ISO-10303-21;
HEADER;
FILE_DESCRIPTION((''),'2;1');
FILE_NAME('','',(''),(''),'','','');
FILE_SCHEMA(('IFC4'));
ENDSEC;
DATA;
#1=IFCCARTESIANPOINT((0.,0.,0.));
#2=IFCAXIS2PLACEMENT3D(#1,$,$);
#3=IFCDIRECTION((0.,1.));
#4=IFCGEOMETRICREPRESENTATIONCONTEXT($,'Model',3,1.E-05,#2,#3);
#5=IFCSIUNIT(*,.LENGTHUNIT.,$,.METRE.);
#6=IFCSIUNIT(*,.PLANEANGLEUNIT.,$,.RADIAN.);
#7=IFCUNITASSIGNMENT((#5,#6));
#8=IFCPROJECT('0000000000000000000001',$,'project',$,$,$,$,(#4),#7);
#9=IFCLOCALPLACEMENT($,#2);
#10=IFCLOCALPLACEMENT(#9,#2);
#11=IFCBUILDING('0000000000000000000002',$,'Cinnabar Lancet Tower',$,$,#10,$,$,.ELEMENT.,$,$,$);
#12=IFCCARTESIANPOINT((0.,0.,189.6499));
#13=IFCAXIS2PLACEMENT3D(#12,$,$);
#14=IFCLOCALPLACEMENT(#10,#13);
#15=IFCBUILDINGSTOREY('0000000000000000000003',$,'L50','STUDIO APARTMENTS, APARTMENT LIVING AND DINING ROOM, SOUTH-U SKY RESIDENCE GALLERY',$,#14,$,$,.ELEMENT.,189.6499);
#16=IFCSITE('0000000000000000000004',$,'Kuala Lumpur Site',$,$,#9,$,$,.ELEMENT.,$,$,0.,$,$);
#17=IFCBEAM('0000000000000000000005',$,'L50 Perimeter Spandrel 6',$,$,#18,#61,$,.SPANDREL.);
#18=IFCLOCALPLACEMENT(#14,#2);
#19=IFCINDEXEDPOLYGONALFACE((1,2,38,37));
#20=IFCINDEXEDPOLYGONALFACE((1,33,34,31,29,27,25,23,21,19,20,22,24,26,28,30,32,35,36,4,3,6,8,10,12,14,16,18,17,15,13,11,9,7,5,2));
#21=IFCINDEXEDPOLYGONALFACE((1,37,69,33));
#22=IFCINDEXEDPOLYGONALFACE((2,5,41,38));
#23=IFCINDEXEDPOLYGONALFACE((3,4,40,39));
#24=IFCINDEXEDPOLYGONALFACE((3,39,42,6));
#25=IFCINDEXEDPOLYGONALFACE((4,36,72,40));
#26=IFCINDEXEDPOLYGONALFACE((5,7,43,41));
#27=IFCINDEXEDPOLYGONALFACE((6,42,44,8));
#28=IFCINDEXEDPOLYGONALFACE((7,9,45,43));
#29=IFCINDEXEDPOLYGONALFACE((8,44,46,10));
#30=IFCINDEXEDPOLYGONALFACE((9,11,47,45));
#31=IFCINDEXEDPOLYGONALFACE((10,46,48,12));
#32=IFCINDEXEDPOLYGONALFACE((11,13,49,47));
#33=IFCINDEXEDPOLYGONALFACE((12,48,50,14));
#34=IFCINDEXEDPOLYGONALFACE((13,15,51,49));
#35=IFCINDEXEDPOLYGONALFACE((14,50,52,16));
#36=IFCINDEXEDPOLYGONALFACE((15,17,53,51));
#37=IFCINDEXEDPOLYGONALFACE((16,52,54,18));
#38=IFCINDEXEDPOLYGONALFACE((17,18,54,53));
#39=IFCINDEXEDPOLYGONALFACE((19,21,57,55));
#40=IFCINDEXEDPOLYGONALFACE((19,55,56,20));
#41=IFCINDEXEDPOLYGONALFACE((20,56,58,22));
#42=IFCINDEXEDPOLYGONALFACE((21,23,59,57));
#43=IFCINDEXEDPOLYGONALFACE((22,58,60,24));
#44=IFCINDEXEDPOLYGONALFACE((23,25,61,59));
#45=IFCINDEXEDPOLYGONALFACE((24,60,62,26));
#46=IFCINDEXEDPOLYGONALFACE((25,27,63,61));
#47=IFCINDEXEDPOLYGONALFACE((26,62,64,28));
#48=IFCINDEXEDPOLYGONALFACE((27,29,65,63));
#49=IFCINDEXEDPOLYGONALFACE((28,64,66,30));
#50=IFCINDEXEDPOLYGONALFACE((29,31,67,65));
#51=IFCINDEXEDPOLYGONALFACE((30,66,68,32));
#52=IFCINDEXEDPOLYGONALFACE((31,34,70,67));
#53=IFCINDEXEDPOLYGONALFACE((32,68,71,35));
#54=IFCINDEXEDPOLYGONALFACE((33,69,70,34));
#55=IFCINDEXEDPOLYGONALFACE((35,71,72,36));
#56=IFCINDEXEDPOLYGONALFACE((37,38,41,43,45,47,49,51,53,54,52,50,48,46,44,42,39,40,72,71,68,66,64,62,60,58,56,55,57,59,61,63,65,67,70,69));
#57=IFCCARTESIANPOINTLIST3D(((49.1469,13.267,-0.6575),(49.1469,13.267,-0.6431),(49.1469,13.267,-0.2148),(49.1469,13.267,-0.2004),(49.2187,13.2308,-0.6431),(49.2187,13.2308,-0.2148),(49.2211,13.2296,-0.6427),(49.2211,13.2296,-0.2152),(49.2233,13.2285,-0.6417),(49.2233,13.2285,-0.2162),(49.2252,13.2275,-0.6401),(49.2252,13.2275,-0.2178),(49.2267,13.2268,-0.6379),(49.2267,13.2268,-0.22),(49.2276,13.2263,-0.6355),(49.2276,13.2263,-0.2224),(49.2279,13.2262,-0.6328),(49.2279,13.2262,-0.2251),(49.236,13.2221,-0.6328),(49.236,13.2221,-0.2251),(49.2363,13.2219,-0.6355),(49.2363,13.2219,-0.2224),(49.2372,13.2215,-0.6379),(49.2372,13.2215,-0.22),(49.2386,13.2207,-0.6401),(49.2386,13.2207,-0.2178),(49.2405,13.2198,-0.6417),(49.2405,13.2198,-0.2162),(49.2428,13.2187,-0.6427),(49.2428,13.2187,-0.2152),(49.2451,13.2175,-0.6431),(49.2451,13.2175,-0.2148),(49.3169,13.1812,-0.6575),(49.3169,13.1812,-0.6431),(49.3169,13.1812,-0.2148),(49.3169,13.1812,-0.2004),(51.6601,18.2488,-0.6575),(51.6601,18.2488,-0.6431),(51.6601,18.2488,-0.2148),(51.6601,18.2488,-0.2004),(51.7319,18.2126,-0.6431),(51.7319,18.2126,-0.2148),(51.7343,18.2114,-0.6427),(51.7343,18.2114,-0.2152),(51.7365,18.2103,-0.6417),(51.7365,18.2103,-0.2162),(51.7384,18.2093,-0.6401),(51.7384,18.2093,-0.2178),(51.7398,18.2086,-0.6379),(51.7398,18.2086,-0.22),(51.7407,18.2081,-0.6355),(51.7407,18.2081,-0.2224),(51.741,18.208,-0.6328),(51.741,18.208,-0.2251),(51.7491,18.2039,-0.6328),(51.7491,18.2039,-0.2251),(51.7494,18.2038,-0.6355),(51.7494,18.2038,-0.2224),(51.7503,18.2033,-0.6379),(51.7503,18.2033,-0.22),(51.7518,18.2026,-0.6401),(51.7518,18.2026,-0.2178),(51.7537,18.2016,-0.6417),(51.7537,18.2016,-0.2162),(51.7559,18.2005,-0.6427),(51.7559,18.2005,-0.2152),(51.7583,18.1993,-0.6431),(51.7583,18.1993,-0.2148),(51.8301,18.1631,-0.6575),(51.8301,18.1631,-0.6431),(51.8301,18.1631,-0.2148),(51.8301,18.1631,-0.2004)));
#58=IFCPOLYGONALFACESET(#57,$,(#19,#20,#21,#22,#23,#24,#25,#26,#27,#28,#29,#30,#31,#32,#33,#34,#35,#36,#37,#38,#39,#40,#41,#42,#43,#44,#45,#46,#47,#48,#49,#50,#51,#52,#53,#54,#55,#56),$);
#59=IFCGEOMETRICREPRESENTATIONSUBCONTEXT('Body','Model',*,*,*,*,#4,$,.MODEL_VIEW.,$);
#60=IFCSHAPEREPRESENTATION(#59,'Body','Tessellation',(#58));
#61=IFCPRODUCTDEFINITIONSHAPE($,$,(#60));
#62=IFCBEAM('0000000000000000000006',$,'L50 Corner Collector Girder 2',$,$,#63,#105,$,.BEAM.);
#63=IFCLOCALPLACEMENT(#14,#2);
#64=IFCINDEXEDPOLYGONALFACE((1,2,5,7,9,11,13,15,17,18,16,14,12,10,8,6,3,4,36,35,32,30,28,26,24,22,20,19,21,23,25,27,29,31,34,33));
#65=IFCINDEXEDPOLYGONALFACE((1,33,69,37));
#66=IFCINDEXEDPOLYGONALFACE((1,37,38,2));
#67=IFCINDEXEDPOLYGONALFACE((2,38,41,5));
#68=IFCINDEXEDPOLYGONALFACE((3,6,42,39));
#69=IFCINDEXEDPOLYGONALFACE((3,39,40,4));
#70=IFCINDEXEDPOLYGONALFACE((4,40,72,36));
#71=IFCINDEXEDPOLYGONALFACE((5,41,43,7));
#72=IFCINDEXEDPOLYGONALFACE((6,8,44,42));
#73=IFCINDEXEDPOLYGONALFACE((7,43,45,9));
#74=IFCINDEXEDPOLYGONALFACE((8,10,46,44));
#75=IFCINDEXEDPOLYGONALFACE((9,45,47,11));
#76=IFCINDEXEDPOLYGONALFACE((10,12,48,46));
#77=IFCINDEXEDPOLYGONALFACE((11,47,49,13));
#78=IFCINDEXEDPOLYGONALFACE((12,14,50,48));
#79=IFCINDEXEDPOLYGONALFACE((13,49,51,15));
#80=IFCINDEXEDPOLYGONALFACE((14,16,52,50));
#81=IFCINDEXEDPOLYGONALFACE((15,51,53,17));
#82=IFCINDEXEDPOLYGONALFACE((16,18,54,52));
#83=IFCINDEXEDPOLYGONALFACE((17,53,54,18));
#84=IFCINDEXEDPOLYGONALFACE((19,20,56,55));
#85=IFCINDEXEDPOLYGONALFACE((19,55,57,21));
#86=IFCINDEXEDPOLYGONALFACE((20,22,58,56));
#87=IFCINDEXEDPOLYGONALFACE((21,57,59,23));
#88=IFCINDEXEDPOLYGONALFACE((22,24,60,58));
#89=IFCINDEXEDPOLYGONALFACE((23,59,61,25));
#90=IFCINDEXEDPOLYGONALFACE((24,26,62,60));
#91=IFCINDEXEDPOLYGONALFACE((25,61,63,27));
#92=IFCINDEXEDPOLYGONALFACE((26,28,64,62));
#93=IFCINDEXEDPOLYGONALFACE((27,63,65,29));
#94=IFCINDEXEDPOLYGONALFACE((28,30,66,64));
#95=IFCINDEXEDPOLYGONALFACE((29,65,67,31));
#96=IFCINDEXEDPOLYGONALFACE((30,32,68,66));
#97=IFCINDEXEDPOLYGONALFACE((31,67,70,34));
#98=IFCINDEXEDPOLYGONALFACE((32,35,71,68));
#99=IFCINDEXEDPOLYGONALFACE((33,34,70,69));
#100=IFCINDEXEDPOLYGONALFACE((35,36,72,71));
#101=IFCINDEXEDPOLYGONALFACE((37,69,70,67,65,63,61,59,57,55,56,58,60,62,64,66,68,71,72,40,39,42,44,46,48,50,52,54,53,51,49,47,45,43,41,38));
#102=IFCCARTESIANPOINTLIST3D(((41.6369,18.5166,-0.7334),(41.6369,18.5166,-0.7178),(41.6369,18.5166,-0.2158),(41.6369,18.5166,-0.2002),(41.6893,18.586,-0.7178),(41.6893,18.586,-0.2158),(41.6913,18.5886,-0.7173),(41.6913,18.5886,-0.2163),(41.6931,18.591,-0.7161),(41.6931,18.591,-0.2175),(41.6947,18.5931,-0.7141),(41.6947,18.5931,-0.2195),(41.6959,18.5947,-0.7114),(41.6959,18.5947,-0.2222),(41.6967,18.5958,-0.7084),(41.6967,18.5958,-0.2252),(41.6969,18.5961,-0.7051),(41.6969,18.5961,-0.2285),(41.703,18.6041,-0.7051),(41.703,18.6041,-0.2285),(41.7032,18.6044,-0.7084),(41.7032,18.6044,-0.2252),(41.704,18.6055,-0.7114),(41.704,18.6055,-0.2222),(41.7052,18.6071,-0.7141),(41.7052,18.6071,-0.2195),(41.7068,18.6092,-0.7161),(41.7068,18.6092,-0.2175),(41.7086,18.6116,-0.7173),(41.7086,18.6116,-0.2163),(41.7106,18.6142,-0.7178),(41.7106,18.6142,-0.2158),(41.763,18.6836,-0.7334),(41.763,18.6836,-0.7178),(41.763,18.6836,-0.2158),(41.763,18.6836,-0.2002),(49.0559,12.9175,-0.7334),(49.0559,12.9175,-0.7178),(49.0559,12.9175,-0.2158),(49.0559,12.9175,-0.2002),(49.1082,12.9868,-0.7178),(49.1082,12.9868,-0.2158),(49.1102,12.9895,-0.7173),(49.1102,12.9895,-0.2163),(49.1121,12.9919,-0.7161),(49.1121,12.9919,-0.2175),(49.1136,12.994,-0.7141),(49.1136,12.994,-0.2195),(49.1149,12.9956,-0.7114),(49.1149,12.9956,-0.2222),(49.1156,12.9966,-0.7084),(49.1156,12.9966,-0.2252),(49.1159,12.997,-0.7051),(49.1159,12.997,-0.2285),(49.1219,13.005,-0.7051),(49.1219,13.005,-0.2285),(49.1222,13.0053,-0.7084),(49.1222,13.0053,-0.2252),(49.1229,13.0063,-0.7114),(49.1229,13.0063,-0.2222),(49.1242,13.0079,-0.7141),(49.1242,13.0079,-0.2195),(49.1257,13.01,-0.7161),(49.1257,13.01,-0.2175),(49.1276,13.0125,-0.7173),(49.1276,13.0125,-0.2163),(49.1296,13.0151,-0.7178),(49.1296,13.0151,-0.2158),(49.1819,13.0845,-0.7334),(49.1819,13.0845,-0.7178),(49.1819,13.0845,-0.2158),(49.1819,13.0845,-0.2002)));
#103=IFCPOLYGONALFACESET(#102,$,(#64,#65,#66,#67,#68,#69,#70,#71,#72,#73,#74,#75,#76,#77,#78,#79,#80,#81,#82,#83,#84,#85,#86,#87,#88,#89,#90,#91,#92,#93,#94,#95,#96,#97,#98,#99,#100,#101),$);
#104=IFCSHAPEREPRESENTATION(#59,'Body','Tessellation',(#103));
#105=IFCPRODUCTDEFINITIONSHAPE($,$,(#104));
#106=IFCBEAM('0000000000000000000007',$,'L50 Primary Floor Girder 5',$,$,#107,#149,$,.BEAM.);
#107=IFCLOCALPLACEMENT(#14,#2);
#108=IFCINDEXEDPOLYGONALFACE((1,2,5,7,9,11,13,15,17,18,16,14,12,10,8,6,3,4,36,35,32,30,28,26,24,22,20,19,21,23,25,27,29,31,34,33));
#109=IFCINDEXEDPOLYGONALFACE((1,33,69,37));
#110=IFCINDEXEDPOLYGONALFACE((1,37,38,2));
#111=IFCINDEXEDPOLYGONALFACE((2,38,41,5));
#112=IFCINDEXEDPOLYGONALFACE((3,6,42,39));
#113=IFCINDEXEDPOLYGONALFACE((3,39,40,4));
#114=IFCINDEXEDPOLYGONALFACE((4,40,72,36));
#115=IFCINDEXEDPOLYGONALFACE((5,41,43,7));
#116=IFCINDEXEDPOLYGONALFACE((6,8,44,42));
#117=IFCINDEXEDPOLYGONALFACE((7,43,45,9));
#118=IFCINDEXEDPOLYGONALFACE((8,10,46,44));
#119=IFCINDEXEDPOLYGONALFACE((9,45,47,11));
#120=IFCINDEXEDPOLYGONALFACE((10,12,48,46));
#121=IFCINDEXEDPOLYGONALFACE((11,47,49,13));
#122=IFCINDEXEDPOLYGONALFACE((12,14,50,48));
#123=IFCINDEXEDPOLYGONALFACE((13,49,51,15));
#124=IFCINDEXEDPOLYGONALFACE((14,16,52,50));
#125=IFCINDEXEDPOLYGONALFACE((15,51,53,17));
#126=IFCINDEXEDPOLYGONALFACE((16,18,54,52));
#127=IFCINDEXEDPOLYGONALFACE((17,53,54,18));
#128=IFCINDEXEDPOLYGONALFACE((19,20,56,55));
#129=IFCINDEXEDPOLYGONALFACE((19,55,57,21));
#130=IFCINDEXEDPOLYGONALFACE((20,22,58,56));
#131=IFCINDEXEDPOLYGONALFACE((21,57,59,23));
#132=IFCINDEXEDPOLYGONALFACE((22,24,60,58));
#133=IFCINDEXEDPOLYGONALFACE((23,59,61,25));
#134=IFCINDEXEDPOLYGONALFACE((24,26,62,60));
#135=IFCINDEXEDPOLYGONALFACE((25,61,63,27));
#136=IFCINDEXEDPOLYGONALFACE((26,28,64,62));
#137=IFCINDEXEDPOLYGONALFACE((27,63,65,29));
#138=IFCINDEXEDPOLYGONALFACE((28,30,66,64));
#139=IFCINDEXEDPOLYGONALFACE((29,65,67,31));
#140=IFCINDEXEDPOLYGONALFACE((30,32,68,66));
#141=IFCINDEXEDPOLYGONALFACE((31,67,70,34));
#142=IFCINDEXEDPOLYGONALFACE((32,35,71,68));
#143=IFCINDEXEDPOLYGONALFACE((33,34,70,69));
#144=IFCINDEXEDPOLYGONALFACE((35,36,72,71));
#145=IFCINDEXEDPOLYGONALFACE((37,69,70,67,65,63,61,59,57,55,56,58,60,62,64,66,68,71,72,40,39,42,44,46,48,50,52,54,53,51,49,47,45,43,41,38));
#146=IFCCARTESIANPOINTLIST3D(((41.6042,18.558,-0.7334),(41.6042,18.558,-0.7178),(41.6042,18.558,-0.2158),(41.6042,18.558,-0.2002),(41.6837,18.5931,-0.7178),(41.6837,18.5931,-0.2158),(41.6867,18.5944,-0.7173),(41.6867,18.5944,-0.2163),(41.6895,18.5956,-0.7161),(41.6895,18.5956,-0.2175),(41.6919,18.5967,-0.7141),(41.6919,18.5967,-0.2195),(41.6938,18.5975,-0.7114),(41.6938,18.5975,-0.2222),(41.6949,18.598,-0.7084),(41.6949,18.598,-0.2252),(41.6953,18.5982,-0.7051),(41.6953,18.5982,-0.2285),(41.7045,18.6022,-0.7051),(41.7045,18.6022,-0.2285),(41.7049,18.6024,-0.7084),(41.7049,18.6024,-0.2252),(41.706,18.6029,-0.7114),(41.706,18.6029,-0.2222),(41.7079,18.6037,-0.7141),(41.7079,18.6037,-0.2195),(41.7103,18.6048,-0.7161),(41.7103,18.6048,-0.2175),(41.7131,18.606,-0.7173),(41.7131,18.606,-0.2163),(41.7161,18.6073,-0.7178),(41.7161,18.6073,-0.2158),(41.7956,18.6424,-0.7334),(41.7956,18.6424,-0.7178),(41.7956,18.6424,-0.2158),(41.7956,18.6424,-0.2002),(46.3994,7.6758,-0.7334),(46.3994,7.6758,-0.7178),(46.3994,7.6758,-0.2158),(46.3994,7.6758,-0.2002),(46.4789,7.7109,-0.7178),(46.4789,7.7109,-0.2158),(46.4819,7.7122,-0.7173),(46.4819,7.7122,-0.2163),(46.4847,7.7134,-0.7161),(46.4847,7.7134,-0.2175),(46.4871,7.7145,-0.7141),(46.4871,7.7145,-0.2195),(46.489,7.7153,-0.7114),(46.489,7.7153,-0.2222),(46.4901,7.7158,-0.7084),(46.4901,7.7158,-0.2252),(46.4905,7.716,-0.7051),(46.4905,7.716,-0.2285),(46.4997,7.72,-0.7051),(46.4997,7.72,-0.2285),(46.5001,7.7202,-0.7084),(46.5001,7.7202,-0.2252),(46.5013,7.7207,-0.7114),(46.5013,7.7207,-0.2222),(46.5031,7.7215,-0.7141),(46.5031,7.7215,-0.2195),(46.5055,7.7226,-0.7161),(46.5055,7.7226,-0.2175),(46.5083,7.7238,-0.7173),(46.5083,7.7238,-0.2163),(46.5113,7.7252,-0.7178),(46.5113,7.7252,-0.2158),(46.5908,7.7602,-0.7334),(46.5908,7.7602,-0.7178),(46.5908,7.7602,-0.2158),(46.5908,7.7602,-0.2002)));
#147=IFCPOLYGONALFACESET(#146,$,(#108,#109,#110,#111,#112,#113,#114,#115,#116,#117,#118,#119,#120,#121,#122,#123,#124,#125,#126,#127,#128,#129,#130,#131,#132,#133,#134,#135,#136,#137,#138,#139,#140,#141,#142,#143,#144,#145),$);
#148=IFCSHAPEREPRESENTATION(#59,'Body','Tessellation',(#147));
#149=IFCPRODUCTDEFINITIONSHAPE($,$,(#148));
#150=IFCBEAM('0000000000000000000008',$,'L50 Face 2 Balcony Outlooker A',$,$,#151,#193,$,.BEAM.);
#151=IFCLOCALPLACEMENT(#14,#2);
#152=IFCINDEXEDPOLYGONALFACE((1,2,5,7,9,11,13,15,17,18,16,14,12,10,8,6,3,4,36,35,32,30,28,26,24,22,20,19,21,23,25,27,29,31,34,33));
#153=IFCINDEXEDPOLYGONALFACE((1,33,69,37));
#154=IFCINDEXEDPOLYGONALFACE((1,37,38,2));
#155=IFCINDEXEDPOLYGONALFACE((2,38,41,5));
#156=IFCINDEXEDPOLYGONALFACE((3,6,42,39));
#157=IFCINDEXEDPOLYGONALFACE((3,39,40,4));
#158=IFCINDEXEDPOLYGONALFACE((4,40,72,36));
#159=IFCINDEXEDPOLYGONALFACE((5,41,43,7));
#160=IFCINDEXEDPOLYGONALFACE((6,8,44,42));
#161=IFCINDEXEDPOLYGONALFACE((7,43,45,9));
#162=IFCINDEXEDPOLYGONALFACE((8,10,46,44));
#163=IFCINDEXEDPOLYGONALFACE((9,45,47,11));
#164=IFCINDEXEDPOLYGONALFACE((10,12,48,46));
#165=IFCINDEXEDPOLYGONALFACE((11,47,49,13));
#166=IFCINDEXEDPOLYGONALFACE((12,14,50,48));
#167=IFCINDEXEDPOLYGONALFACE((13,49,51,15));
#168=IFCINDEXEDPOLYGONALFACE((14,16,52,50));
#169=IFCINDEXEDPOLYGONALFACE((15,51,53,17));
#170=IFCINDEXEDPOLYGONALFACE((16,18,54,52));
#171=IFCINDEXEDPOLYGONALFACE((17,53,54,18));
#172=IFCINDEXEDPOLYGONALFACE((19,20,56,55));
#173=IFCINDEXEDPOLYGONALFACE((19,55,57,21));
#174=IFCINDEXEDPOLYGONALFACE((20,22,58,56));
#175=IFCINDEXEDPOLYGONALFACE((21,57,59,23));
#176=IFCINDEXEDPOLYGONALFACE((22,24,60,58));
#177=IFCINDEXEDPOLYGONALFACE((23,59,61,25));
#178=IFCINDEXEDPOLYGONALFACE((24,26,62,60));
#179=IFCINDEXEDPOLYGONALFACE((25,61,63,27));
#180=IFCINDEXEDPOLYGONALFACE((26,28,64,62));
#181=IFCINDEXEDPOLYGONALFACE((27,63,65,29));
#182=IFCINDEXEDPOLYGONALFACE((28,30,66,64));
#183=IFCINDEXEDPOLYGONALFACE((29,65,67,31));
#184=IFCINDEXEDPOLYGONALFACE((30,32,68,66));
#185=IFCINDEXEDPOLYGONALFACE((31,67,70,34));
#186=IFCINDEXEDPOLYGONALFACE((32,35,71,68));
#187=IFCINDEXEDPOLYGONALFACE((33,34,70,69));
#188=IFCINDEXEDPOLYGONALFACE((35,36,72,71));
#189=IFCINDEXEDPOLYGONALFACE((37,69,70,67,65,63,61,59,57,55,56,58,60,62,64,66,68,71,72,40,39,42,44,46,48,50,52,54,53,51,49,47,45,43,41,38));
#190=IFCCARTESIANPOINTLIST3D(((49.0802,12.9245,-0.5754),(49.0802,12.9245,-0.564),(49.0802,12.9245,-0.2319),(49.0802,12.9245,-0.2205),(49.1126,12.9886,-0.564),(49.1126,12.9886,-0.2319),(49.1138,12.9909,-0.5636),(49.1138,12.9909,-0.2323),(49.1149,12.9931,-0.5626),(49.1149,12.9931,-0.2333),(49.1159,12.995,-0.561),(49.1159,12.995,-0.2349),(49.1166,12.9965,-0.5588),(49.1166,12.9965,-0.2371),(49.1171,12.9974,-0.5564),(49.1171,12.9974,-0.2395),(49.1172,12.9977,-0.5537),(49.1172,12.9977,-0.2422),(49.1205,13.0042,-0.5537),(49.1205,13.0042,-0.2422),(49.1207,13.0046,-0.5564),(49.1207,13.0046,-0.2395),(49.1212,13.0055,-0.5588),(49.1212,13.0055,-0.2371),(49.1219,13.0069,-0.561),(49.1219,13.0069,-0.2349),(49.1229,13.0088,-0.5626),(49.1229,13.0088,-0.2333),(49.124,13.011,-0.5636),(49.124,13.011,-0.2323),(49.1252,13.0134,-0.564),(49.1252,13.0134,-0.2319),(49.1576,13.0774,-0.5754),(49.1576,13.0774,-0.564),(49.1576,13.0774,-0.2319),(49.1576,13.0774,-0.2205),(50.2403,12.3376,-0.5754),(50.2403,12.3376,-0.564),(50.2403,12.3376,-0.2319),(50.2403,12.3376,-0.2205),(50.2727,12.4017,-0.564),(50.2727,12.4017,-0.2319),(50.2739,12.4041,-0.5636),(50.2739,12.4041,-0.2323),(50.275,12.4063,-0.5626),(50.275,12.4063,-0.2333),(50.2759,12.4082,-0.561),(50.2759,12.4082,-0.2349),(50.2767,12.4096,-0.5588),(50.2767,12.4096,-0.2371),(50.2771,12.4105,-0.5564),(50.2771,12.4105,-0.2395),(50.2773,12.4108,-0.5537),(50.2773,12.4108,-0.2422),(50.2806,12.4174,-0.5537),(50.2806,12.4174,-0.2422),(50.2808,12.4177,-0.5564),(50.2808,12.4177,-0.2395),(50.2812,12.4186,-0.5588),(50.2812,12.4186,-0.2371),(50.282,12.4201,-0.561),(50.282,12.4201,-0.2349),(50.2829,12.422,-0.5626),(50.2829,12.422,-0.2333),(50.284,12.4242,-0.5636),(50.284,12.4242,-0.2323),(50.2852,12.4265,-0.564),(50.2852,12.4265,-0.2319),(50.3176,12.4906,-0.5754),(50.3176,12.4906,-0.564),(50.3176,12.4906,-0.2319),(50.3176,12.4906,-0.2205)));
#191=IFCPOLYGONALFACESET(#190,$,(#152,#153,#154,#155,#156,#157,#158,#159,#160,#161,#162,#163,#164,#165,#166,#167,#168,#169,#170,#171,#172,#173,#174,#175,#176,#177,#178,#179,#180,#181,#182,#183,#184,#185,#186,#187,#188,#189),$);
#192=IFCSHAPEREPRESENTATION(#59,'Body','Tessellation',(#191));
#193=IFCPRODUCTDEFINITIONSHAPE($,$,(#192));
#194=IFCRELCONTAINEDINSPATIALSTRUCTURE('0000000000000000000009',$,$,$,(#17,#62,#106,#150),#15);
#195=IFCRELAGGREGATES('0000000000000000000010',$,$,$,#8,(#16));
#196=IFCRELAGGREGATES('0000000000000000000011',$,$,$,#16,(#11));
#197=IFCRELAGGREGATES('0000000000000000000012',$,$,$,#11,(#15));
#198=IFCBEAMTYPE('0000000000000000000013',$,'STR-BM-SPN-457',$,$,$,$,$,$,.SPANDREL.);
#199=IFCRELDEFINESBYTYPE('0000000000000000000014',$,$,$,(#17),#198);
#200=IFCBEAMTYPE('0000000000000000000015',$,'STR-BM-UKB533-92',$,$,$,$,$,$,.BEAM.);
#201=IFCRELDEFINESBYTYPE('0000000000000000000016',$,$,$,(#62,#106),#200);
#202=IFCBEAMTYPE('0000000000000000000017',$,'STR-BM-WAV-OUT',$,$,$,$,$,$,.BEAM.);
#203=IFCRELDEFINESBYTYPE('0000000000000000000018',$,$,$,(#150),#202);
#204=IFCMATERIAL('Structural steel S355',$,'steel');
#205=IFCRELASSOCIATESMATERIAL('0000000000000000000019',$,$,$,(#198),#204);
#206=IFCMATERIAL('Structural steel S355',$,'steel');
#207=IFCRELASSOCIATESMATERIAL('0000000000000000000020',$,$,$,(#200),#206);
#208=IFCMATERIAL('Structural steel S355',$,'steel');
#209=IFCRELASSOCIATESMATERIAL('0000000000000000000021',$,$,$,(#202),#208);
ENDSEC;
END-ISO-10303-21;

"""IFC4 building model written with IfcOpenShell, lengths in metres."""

from ifc_helpers import new_model, si_unit, direction, frame, origin, origin_2d, place, context, subcontext, project, spatial, i_section, extrude, material, material_profile, profile_set, type_object, element, save


model = new_model("IFC4")

# Units and contexts
model_context = context("Model", 3, precision=1e-05, world=origin(), true_north=direction((0.0, 1.0)))
body_context = subcontext(model_context, "Body", "Model", "MODEL_VIEW")
ifc_project = project(units=[si_unit("LENGTHUNIT", "METRE"), si_unit("PLANEANGLEUNIT", "RADIAN")], contexts=[model_context])

# Site, building, storey
site_placement = place(None, origin())
site = spatial("IfcSite", under=ifc_project, at=site_placement, Name="Kuala Lumpur Site", CompositionType="ELEMENT", RefElevation=0.0)
building_placement = place(site_placement, origin())
building = spatial("IfcBuilding", under=site, at=building_placement, Name="Cinnabar Lancet Tower", CompositionType="ELEMENT")
storey_placement = place(building_placement, frame((0.0, 0.0, 189.6499)))
storey = spatial("IfcBuildingStorey", under=building, at=storey_placement, Name="L50", Description="STUDIO APARTMENTS, APARTMENT LIVING AND DINING ROOM, SOUTH-U SKY RESIDENCE GALLERY", CompositionType="ELEMENT", Elevation=189.6499)

# Beams
ifc_material_1 = material(Name="Structural steel S355", Category="steel")
ifc_material_profile_1 = material_profile(ifc_material_1, i_section(OverallWidth=0.1904, OverallDepth=0.457, WebThickness=0.009, FlangeThickness=0.0144, FilletRadius=0.0103, at=origin_2d()), Name="UKB 457x191x74")
ifc_profile_set_1 = profile_set([ifc_material_profile_1], Name="Structural steel S355")
beam_type_1 = type_object("IfcBeamType", Name="STR-BM-SPN-457", PredefinedType="SPANDREL", material=ifc_profile_set_1)
beam_1_placement = place(storey_placement, frame((49.2319, 13.2241, -0.429), z_axis=(0.450396, 0.892829, 0.0), x_axis=(-0.892829, 0.450396, 0.0)))
element("IfcBeam", 1, at=beam_1_placement, inside=storey, type_object=beam_type_1, Name="L50 Perimeter Spandrel 6", PredefinedType="SPANDREL", context=body_context, shape_type="SweptSolid", body=[
    extrude(i_section(OverallWidth=0.1904, OverallDepth=0.457, WebThickness=0.009, FlangeThickness=0.0144, FilletRadius=0.0103, at=origin_2d()), origin(), (0.0, 0.0, 1.0), 5.5798),
])
ifc_material_2 = material(Name="Structural steel S355", Category="steel")
ifc_material_profile_2 = material_profile(ifc_material_2, i_section(OverallWidth=0.2092, OverallDepth=0.5332, WebThickness=0.01, FlangeThickness=0.0156, FilletRadius=0.0127, at=origin_2d()), Name="UKB 533x210x92")
ifc_profile_set_2 = profile_set([ifc_material_profile_2], Name="Structural steel S355")
beam_type_2 = type_object("IfcBeamType", Name="STR-BM-UKB533-92", PredefinedType="BEAM", material=ifc_profile_set_2)
beam_2_placement = place(storey_placement, frame((49.1189, 13.001, -0.4668), z_axis=(-0.798193, 0.602401, 0.0), x_axis=(-0.602401, -0.798193, 0.0)))
element("IfcBeam", 2, at=beam_2_placement, inside=storey, type_object=beam_type_2, Name="L50 Corner Collector Girder 2", PredefinedType="BEAM", context=body_context, shape_type="SweptSolid", body=[
    extrude(i_section(OverallWidth=0.2092, OverallDepth=0.5332, WebThickness=0.01, FlangeThickness=0.0156, FilletRadius=0.0127, at=origin_2d()), origin(), (0.0, 0.0, 1.0), 9.2947),
])
beam_3_placement = place(storey_placement, frame((46.4951, 7.718, -0.4668), z_axis=(-0.403235, 0.915096, 0.0), x_axis=(-0.915096, -0.403235, 0.0)))
element("IfcBeam", 3, at=beam_3_placement, inside=storey, type_object=beam_type_2, Name="L50 Primary Floor Girder 5", PredefinedType="BEAM", context=body_context, shape_type="SweptSolid", body=[
    extrude(i_section(OverallWidth=0.2092, OverallDepth=0.5332, WebThickness=0.01, FlangeThickness=0.0156, FilletRadius=0.0127, at=origin_2d()), origin(), (0.0, 0.0, 1.0), 11.8918),
])
ifc_material_3 = material(Name="Structural steel S355", Category="steel")
ifc_material_profile_3 = material_profile(ifc_material_3, i_section(OverallWidth=0.1714, OverallDepth=0.355, WebThickness=0.0073, FlangeThickness=0.0115, FilletRadius=0.0103, at=origin_2d()), Name="UKB 356x171x51")
ifc_profile_set_3 = profile_set([ifc_material_profile_3], Name="Structural steel S355")
beam_type_3 = type_object("IfcBeamType", Name="STR-BM-WAV-OUT", PredefinedType="BEAM", material=ifc_profile_set_3)
beam_4_placement = place(storey_placement, frame((49.1189, 13.001, -0.3979), z_axis=(0.892314, -0.451415, 0.0), x_axis=(0.451415, 0.892314, 0.0)))
element("IfcBeam", 4, at=beam_4_placement, inside=storey, type_object=beam_type_3, Name="L50 Face 2 Balcony Outlooker A", PredefinedType="BEAM", context=body_context, shape_type="SweptSolid", body=[
    extrude(i_section(OverallWidth=0.1714, OverallDepth=0.355, WebThickness=0.0073, FlangeThickness=0.0115, FilletRadius=0.0103, at=origin_2d()), origin(), (0.0, 0.0, 1.0), 1.3),
])

save(model, "model.ifc")
